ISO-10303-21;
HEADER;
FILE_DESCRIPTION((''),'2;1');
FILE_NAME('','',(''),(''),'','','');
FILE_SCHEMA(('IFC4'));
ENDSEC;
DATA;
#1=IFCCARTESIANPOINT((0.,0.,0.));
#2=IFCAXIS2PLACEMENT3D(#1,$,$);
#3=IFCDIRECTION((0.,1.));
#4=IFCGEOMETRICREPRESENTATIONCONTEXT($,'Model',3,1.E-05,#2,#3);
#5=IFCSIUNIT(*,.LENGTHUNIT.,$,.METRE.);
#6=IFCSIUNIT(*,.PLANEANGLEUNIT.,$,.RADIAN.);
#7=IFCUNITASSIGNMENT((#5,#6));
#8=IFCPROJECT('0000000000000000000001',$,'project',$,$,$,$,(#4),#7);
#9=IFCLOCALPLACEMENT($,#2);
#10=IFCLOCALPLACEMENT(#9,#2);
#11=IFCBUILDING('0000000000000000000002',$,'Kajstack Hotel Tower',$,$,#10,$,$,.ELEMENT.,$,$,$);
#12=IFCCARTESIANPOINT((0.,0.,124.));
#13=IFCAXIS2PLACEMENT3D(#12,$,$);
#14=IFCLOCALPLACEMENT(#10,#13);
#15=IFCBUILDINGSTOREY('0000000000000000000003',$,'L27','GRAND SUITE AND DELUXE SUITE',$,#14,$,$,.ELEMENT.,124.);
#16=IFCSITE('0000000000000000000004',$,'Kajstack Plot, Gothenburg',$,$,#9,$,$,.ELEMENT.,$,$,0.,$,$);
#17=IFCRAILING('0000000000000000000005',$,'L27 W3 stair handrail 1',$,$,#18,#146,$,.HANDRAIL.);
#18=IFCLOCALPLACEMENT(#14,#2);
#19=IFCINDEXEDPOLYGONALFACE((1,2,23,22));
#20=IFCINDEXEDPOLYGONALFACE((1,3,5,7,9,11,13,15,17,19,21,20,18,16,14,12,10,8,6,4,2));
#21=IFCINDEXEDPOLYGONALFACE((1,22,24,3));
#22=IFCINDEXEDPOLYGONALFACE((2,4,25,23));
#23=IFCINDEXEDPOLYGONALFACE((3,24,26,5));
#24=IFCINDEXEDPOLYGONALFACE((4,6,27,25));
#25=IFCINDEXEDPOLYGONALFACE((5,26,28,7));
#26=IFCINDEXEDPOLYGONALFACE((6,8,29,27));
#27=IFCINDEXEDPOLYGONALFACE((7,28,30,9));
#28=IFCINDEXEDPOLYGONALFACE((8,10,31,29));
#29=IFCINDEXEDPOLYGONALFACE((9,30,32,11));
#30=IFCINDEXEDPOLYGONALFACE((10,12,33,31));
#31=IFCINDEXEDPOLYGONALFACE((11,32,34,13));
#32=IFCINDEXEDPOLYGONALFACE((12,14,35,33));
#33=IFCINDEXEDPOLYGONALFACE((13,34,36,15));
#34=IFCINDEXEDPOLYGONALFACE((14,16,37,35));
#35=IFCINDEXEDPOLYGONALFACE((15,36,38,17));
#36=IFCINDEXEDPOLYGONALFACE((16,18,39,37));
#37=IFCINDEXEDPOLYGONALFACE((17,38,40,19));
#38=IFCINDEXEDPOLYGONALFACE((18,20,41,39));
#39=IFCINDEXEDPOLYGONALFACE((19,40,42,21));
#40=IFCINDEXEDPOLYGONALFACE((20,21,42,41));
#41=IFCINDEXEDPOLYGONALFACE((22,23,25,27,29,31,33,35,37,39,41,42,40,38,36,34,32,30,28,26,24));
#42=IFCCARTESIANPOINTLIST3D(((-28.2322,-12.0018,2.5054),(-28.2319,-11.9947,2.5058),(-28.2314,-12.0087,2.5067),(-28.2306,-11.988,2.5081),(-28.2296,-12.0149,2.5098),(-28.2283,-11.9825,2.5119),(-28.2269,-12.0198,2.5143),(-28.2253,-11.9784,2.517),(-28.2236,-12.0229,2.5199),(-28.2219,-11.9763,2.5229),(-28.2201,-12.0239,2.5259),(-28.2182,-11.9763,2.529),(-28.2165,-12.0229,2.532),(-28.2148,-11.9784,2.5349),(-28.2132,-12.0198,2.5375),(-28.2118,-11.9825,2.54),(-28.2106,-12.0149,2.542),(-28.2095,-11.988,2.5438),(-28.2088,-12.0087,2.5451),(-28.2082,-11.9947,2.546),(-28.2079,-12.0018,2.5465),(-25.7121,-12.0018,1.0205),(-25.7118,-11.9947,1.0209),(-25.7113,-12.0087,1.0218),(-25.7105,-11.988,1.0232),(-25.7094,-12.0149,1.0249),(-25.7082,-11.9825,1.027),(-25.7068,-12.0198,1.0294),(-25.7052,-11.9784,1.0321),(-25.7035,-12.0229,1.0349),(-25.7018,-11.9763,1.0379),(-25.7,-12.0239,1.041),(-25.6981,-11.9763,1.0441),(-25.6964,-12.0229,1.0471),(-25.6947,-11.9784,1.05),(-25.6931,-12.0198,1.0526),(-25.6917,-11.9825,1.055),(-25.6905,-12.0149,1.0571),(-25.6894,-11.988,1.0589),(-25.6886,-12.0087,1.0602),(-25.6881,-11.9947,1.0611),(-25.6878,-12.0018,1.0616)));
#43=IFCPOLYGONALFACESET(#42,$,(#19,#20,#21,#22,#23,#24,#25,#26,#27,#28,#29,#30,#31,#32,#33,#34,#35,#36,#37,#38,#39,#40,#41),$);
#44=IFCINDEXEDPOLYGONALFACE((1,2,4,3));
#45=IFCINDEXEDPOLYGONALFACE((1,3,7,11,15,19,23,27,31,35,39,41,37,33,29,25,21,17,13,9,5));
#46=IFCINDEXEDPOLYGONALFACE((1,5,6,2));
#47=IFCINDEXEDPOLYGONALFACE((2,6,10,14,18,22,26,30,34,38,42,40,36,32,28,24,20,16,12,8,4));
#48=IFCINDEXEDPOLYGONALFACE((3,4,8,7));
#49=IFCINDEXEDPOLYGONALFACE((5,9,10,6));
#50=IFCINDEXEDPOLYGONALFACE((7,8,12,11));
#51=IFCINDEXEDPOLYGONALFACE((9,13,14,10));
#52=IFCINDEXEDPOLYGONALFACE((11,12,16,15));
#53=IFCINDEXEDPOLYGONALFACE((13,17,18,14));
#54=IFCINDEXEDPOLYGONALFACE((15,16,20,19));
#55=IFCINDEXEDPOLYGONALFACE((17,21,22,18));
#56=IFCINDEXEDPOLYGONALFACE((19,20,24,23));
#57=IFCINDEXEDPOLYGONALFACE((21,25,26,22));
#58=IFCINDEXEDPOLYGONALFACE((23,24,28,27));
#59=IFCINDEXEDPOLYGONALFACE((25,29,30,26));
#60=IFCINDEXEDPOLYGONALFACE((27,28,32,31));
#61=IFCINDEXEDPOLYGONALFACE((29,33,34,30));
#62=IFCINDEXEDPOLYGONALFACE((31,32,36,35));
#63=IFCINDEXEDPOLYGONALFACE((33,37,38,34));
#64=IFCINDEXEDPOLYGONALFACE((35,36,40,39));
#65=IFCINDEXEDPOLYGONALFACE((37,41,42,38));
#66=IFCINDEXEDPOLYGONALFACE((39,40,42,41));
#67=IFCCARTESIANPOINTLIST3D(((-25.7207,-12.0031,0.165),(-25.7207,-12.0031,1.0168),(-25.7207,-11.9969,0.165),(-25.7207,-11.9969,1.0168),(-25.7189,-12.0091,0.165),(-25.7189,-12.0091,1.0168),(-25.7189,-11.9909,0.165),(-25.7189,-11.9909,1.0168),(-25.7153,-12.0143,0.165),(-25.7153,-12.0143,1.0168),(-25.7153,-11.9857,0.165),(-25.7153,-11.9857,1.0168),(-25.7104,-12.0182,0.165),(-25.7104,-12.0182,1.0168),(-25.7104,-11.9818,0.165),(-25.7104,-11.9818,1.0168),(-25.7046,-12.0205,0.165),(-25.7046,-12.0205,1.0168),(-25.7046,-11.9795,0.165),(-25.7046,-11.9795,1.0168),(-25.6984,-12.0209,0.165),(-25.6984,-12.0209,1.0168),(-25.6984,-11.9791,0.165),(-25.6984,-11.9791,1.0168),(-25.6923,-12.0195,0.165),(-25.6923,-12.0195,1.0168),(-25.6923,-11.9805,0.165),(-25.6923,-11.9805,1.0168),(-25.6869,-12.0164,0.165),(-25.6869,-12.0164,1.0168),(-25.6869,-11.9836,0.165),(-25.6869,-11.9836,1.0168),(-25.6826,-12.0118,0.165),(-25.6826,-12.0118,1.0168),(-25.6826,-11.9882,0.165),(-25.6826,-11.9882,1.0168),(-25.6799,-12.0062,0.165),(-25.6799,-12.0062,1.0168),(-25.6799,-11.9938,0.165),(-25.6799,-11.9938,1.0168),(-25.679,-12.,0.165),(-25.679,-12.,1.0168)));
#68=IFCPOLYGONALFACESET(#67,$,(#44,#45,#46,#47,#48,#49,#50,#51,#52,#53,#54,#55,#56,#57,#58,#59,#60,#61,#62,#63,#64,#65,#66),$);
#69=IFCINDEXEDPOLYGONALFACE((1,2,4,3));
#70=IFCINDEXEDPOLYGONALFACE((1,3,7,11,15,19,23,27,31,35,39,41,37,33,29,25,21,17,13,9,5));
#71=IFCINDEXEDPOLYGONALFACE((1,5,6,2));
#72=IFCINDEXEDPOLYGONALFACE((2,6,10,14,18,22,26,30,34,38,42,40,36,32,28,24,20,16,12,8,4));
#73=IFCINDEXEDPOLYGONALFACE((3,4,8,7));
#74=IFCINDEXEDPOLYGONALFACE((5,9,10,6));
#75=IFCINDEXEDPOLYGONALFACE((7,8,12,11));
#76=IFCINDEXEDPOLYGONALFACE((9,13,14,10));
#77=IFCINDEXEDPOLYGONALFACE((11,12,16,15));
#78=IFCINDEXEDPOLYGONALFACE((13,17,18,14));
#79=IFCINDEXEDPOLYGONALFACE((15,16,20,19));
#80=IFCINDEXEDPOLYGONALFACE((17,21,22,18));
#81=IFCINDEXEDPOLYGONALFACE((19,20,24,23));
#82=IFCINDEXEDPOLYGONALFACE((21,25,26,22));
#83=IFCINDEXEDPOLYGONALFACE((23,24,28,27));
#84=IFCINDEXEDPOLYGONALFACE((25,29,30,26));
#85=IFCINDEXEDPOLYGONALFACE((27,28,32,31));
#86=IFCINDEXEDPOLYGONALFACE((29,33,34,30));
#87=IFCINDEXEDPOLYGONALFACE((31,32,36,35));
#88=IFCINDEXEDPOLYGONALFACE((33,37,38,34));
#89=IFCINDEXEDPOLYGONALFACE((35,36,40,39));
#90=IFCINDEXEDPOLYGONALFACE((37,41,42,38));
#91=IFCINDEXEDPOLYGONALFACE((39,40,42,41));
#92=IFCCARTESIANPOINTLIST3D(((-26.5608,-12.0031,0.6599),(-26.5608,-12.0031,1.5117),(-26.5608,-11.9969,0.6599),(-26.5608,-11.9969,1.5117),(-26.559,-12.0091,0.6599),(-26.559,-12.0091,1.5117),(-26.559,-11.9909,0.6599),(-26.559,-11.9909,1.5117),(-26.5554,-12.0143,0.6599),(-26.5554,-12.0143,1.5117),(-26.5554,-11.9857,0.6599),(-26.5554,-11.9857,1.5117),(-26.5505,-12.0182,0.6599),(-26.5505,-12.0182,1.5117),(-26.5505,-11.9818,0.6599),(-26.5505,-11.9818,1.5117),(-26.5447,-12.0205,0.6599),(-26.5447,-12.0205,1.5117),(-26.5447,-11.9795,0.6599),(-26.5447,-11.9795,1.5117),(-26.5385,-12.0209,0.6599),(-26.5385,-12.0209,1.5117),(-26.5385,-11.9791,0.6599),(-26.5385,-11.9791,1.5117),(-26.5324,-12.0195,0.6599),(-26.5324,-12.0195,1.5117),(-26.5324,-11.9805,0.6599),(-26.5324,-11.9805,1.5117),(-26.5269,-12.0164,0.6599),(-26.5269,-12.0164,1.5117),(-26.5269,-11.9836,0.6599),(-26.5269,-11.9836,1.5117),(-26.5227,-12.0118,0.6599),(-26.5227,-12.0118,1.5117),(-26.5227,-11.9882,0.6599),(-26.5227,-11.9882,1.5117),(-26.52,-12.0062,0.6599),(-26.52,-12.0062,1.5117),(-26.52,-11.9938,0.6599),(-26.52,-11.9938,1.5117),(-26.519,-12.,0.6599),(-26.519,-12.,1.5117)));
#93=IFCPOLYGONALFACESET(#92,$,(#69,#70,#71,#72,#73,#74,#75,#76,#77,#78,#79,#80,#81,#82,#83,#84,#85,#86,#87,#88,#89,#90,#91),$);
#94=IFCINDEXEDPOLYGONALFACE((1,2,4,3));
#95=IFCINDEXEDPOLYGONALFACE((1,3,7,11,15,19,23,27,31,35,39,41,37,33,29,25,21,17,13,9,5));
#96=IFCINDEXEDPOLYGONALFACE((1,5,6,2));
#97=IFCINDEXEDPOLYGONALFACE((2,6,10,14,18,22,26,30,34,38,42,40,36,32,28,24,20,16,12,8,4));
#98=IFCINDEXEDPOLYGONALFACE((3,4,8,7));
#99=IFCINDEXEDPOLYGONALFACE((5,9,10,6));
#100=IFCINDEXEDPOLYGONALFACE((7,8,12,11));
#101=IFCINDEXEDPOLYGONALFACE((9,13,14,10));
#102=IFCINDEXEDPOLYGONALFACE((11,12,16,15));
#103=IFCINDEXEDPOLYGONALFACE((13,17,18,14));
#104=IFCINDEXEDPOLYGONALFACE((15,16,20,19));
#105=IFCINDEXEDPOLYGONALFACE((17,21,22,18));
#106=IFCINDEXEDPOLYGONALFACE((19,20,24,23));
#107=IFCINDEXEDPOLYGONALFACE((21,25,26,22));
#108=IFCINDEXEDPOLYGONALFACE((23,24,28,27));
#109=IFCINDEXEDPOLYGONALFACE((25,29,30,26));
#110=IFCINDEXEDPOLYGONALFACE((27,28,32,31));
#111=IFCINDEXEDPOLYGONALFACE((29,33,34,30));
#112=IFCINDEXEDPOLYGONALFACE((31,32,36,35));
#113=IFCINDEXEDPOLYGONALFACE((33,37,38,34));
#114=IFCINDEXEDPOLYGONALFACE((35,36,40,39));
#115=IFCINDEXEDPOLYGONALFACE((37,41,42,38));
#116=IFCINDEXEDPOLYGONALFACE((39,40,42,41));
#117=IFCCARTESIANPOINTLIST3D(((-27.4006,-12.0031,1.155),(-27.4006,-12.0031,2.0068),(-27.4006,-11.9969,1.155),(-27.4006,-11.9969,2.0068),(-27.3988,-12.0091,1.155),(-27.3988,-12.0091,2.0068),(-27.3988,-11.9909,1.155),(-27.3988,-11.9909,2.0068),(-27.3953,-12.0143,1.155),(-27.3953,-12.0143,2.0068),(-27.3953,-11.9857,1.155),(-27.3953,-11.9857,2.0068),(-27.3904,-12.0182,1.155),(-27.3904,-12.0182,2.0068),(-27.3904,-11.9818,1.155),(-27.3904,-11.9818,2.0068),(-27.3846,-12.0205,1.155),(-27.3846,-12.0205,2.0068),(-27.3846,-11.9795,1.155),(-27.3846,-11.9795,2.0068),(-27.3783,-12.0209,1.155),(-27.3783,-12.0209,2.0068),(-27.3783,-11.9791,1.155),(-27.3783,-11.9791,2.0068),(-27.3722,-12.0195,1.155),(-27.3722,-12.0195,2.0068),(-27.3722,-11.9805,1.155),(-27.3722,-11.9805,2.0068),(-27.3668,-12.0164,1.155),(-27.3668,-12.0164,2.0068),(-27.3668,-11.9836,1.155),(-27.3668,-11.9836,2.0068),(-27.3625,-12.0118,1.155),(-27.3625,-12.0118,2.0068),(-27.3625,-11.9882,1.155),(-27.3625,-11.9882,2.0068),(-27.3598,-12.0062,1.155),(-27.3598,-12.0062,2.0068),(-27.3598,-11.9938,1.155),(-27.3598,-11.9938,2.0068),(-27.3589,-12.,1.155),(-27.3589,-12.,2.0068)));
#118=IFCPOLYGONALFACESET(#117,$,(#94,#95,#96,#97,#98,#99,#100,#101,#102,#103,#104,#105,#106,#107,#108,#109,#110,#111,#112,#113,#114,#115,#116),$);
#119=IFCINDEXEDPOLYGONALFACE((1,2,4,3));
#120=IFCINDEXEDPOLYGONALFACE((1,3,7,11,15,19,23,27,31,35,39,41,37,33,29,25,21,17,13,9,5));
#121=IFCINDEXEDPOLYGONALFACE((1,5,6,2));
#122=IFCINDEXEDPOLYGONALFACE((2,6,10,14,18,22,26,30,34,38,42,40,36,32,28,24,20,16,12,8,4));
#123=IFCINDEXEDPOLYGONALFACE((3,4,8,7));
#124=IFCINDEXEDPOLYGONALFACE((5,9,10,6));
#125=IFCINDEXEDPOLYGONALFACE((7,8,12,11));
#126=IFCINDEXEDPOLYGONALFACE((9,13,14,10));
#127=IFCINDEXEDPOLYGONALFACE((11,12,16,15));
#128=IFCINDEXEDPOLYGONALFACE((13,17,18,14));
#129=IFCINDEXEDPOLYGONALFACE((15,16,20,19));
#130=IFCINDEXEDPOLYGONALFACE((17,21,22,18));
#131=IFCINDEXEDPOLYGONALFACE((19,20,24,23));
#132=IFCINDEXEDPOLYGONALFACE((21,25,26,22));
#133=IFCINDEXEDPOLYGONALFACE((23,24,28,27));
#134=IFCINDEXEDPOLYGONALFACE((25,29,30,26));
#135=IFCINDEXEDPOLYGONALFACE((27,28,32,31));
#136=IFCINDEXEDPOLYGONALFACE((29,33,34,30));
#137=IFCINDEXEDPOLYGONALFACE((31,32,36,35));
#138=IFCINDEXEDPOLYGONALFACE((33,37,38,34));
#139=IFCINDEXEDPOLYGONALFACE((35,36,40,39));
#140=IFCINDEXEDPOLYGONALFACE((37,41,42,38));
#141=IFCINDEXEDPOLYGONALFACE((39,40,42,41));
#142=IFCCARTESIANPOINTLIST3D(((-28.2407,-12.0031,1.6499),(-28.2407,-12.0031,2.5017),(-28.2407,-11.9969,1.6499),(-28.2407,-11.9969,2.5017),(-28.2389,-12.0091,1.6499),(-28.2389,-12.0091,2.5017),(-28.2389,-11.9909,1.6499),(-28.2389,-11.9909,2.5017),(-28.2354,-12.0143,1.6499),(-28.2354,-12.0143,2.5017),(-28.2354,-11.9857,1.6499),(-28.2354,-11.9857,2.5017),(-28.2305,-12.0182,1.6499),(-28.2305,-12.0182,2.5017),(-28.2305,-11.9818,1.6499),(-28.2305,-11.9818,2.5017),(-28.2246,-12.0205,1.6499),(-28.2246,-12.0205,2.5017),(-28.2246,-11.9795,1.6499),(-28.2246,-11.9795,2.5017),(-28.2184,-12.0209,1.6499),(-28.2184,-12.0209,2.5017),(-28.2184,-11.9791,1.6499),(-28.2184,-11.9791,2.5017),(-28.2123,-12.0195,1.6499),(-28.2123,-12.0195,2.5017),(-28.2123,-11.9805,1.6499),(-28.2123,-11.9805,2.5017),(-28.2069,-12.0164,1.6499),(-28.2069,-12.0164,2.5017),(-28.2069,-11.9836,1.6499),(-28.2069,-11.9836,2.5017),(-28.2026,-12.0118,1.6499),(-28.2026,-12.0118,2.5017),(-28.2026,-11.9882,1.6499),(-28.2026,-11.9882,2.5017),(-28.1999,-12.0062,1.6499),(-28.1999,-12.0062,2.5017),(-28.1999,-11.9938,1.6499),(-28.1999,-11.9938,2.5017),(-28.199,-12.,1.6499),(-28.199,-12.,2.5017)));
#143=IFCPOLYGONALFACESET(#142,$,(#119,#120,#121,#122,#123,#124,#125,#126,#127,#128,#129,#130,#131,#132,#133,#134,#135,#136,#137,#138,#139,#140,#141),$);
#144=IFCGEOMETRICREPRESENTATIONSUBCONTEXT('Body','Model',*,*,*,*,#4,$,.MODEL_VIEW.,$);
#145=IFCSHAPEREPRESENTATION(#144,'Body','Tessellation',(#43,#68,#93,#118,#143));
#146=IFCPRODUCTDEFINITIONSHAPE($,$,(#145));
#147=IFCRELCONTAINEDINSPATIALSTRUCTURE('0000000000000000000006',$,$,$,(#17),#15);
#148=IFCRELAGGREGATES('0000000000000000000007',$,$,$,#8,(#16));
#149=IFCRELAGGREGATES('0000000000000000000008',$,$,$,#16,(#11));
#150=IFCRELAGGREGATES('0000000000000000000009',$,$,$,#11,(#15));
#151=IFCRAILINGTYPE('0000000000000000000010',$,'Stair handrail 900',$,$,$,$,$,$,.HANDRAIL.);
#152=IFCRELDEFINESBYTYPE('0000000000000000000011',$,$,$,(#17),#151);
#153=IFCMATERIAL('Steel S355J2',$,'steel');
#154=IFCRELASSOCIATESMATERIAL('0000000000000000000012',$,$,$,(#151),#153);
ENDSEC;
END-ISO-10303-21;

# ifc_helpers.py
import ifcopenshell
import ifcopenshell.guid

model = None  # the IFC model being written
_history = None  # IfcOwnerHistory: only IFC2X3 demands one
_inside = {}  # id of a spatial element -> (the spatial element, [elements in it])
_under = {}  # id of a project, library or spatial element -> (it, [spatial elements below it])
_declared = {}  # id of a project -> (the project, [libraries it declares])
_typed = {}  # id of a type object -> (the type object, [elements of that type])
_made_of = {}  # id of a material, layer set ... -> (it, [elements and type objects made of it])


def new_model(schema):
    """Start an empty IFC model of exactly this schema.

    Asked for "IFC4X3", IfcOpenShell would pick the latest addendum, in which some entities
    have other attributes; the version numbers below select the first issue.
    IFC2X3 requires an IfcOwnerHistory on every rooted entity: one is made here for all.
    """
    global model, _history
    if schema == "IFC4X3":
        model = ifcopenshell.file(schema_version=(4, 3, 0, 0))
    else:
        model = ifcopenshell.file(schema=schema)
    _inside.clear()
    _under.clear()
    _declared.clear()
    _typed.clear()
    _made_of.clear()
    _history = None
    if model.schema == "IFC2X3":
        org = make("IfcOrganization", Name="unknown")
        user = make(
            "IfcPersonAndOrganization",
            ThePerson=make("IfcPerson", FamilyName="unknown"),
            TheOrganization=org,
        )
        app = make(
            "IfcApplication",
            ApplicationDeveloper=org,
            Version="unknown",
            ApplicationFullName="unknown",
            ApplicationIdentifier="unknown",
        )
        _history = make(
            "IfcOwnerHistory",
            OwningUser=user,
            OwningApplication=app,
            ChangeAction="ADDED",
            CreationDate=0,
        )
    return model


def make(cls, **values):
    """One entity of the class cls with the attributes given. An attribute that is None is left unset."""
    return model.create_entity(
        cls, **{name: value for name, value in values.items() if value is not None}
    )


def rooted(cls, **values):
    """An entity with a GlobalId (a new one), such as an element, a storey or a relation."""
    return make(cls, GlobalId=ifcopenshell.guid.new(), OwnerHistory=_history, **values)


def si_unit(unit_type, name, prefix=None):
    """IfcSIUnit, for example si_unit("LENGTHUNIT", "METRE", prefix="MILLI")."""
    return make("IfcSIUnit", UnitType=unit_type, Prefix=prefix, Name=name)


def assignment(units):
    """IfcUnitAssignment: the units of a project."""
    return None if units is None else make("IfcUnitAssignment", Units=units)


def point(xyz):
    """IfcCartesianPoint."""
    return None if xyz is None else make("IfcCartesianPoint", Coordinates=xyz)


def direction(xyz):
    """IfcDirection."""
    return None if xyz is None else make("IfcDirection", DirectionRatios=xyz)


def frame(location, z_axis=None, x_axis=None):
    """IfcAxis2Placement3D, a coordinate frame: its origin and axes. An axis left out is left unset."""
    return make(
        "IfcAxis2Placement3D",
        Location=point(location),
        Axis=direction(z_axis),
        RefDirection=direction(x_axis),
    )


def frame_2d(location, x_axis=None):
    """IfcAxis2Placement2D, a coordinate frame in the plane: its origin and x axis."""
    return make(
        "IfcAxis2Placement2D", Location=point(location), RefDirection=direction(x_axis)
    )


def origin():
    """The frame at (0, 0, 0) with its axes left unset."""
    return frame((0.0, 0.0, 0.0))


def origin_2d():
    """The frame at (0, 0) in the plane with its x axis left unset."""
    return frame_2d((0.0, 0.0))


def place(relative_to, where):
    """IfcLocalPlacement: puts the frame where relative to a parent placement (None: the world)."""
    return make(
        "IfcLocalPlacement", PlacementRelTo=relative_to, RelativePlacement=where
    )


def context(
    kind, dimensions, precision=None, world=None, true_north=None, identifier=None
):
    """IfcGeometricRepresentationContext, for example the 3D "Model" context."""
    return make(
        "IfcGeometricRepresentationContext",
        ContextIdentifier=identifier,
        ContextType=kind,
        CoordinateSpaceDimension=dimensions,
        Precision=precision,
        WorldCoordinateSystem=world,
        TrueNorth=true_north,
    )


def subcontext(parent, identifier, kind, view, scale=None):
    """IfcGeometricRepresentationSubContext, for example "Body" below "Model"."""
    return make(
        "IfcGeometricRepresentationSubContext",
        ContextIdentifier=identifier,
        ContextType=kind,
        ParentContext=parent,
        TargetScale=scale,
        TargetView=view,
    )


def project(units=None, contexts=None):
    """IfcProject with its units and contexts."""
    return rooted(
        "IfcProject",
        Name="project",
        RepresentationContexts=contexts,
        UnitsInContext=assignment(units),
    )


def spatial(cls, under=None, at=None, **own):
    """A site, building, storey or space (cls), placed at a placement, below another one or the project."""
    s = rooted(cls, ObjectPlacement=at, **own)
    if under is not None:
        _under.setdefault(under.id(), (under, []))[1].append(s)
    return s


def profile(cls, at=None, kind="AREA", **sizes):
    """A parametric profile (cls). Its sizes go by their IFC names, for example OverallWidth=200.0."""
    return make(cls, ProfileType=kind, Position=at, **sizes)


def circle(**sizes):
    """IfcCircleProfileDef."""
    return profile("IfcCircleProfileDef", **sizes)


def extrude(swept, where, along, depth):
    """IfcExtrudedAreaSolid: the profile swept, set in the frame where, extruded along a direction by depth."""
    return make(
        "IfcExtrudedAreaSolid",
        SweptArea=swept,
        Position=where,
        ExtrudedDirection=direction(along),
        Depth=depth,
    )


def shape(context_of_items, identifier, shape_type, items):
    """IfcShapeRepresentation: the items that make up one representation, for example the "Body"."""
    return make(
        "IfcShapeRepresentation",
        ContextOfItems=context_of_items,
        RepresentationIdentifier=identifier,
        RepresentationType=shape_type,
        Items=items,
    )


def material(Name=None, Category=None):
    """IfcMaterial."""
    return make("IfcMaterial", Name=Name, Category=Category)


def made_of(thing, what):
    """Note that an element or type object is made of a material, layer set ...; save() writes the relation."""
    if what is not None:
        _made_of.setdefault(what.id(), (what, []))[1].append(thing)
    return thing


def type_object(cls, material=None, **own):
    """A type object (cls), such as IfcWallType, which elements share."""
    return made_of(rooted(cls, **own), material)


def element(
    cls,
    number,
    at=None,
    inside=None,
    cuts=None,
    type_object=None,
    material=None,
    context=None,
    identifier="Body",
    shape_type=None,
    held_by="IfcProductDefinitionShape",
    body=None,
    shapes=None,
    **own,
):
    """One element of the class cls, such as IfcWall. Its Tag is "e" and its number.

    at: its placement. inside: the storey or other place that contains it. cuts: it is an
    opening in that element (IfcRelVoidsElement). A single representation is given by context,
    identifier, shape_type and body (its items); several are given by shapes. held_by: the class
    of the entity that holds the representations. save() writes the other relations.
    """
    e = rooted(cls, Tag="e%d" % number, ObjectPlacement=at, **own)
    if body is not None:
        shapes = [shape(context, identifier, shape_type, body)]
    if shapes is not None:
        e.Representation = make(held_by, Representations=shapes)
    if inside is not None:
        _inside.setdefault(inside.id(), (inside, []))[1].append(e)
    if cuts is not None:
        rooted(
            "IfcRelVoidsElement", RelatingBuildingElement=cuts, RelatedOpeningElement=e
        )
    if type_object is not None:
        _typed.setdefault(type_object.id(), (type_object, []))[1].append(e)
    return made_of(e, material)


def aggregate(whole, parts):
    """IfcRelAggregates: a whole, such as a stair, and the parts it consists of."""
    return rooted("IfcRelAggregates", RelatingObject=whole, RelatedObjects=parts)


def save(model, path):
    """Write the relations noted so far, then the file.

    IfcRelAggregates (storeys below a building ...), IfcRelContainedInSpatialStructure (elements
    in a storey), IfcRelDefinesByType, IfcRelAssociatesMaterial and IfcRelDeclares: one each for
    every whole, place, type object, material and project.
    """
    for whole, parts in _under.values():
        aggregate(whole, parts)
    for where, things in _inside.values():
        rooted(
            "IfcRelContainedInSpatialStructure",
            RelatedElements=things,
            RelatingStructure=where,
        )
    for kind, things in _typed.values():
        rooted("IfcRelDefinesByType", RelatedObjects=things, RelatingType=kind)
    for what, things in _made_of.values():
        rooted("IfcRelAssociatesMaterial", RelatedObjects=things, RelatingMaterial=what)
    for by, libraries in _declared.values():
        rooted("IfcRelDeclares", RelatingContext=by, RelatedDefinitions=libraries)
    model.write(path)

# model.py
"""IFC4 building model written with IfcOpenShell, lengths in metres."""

from ifc_helpers import new_model, si_unit, direction, frame, origin, origin_2d, place, context, subcontext, project, spatial, circle, extrude, material, type_object, element, save


model = new_model("IFC4")

# Units and contexts
model_context = context("Model", 3, precision=1e-05, world=origin(), true_north=direction((0.0, 1.0)))
body_context = subcontext(model_context, "Body", "Model", "MODEL_VIEW")
ifc_project = project(units=[si_unit("LENGTHUNIT", "METRE"), si_unit("PLANEANGLEUNIT", "RADIAN")], contexts=[model_context])

# Site, building, storey
site_placement = place(None, origin())
site = spatial("IfcSite", under=ifc_project, at=site_placement, Name="Kajstack Plot, Gothenburg", CompositionType="ELEMENT", RefElevation=0.0)
building_placement = place(site_placement, origin())
building = spatial("IfcBuilding", under=site, at=building_placement, Name="Kajstack Hotel Tower", CompositionType="ELEMENT")
storey_placement = place(building_placement, frame((0.0, 0.0, 124.0)))
storey = spatial("IfcBuildingStorey", under=building, at=storey_placement, Name="L27", Description="GRAND SUITE AND DELUXE SUITE", CompositionType="ELEMENT", Elevation=124.0)

# Railing
ifc_material_1 = material(Name="Steel S355J2", Category="steel")
railing_type_1 = type_object("IfcRailingType", Name="Stair handrail 900", PredefinedType="HANDRAIL", material=ifc_material_1)
railing_1_placement = place(storey_placement, frame((-25.7, -12.0, 0.165)))
element("IfcRailing", 1, at=railing_1_placement, inside=storey, type_object=railing_type_1, Name="L27 W3 stair handrail 1", PredefinedType="HANDRAIL", context=body_context, shape_type="SweptSolid", body=[
    extrude(circle(Radius=0.0239, at=origin_2d()), frame((0.0, 0.0, 0.876), z_axis=(-0.861561, 0.0, 0.507655), x_axis=(0.0, -1.0, 0.0)), (0.0, 0.0, 1.0), 2.925),
    extrude(circle(Radius=0.021, at=origin_2d()), origin(), (0.0, 0.0, 1.0), 0.8518),
    extrude(circle(Radius=0.021, at=origin_2d()), frame((-0.8401, 0.0, 0.4949)), (0.0, 0.0, 1.0), 0.8518),
    extrude(circle(Radius=0.021, at=origin_2d()), frame((-1.6799, 0.0, 0.99)), (0.0, 0.0, 1.0), 0.8518),
    extrude(circle(Radius=0.021, at=origin_2d()), frame((-2.52, 0.0, 1.4849)), (0.0, 0.0, 1.0), 0.8518),
])

save(model, "model.ifc")
